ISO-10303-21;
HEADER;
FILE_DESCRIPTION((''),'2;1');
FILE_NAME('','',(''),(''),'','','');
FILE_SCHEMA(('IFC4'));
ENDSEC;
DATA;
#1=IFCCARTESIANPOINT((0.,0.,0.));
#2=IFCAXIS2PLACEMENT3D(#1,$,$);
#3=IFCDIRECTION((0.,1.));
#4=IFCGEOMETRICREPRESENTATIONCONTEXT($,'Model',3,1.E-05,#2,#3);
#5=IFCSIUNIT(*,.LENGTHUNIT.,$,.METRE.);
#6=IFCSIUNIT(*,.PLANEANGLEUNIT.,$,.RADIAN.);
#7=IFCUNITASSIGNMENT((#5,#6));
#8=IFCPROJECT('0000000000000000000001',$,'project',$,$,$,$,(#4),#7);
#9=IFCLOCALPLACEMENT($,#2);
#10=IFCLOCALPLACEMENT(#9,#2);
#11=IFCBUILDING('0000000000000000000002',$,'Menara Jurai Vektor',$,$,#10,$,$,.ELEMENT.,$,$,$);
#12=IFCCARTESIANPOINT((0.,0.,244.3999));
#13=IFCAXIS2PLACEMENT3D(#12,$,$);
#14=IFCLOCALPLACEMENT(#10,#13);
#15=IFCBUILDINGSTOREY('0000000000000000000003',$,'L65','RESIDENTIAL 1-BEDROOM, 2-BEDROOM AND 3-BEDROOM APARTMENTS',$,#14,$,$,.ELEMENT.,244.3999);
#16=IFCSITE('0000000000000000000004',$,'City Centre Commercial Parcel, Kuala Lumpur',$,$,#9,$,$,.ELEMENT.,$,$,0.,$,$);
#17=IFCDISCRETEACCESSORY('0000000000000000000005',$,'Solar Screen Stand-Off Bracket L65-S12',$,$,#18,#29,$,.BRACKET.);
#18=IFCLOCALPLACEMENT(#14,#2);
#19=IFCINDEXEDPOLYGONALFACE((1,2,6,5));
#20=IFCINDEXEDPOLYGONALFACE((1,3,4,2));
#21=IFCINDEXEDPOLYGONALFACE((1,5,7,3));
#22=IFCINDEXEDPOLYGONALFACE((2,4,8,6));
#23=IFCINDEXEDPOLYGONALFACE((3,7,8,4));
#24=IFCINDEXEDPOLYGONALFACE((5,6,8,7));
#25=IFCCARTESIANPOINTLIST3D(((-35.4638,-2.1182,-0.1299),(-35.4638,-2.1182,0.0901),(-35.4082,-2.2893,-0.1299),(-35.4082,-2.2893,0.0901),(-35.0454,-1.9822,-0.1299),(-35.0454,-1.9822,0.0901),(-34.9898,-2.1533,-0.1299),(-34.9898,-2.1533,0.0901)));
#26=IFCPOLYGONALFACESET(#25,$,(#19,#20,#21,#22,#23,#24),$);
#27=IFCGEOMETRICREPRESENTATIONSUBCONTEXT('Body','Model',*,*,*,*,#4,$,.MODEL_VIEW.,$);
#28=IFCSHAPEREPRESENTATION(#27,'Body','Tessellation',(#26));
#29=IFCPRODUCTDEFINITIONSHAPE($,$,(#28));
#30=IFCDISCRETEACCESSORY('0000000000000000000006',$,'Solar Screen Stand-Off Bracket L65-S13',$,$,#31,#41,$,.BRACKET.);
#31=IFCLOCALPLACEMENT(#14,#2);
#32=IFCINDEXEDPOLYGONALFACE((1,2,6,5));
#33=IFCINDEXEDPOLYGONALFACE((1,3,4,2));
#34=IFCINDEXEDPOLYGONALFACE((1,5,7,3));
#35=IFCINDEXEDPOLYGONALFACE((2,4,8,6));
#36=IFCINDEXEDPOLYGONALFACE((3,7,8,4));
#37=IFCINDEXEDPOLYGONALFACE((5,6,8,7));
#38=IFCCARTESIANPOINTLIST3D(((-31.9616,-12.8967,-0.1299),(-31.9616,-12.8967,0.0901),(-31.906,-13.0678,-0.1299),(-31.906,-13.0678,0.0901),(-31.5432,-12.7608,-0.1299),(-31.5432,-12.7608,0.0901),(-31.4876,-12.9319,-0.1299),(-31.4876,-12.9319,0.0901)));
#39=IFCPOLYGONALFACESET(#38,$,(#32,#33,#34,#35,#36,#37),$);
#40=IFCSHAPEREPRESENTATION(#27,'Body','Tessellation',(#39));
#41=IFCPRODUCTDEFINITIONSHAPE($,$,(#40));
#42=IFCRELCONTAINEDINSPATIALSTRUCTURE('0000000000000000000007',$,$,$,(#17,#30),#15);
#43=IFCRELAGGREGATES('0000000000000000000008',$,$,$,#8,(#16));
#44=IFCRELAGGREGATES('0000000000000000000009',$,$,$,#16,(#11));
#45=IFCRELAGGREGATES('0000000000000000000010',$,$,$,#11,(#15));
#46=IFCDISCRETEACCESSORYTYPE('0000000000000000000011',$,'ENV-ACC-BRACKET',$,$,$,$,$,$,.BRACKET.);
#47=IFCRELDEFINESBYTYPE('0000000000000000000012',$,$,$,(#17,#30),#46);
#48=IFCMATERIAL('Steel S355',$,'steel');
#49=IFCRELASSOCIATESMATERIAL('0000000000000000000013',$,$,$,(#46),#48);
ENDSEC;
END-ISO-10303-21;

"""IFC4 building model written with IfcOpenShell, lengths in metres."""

from ifc_helpers import new_model, si_unit, direction, frame, origin, origin_2d, place, context, subcontext, project, spatial, rectangle, extrude, material, type_object, element, save


model = new_model("IFC4")

# Units and contexts
model_context = context("Model", 3, precision=1e-05, world=origin(), true_north=direction((0.0, 1.0)))
body_context = subcontext(model_context, "Body", "Model", "MODEL_VIEW")
ifc_project = project(units=[si_unit("LENGTHUNIT", "METRE"), si_unit("PLANEANGLEUNIT", "RADIAN")], contexts=[model_context])

# Site, building, storey
site_placement = place(None, origin())
site = spatial("IfcSite", under=ifc_project, at=site_placement, Name="City Centre Commercial Parcel, Kuala Lumpur", CompositionType="ELEMENT", RefElevation=0.0)
building_placement = place(site_placement, origin())
building = spatial("IfcBuilding", under=site, at=building_placement, Name="Menara Jurai Vektor", CompositionType="ELEMENT")
storey_placement = place(building_placement, frame((0.0, 0.0, 244.3999)))
storey = spatial("IfcBuildingStorey", under=building, at=storey_placement, Name="L65", Description="RESIDENTIAL 1-BEDROOM, 2-BEDROOM AND 3-BEDROOM APARTMENTS", CompositionType="ELEMENT", Elevation=244.3999)

# Shared definitions
ifc_material_1 = material(Name="Steel S355", Category="steel")

# Discrete accessories
discrete_accessory_type = type_object("IfcDiscreteAccessoryType", Name="ENV-ACC-BRACKET", PredefinedType="BRACKET", material=ifc_material_1)
for number, where, z_axis, x_axis, name in (
    (1, (-35.2268, -2.1357, -0.1299), (0.0, 0.0, 1.0), (0.309017, -0.951057, 0.0), "Solar Screen Stand-Off Bracket L65-S12"),
    (2, (-31.7246, -12.9143, -0.1299), (0.0, 0.0, 1.0), (0.309017, -0.951057, 0.0), "Solar Screen Stand-Off Bracket L65-S13"),
):
    element("IfcDiscreteAccessory", number, at=place(storey_placement, frame(where, z_axis=z_axis, x_axis=x_axis)), inside=storey, type_object=discrete_accessory_type, Name=name, PredefinedType="BRACKET", context=body_context, shape_type="SweptSolid", body=[
        extrude(rectangle(XDim=0.1799, YDim=0.4399, at=origin_2d()), origin(), (0.0, 0.0, 1.0), 0.22),
    ])

save(model, "model.ifc")
